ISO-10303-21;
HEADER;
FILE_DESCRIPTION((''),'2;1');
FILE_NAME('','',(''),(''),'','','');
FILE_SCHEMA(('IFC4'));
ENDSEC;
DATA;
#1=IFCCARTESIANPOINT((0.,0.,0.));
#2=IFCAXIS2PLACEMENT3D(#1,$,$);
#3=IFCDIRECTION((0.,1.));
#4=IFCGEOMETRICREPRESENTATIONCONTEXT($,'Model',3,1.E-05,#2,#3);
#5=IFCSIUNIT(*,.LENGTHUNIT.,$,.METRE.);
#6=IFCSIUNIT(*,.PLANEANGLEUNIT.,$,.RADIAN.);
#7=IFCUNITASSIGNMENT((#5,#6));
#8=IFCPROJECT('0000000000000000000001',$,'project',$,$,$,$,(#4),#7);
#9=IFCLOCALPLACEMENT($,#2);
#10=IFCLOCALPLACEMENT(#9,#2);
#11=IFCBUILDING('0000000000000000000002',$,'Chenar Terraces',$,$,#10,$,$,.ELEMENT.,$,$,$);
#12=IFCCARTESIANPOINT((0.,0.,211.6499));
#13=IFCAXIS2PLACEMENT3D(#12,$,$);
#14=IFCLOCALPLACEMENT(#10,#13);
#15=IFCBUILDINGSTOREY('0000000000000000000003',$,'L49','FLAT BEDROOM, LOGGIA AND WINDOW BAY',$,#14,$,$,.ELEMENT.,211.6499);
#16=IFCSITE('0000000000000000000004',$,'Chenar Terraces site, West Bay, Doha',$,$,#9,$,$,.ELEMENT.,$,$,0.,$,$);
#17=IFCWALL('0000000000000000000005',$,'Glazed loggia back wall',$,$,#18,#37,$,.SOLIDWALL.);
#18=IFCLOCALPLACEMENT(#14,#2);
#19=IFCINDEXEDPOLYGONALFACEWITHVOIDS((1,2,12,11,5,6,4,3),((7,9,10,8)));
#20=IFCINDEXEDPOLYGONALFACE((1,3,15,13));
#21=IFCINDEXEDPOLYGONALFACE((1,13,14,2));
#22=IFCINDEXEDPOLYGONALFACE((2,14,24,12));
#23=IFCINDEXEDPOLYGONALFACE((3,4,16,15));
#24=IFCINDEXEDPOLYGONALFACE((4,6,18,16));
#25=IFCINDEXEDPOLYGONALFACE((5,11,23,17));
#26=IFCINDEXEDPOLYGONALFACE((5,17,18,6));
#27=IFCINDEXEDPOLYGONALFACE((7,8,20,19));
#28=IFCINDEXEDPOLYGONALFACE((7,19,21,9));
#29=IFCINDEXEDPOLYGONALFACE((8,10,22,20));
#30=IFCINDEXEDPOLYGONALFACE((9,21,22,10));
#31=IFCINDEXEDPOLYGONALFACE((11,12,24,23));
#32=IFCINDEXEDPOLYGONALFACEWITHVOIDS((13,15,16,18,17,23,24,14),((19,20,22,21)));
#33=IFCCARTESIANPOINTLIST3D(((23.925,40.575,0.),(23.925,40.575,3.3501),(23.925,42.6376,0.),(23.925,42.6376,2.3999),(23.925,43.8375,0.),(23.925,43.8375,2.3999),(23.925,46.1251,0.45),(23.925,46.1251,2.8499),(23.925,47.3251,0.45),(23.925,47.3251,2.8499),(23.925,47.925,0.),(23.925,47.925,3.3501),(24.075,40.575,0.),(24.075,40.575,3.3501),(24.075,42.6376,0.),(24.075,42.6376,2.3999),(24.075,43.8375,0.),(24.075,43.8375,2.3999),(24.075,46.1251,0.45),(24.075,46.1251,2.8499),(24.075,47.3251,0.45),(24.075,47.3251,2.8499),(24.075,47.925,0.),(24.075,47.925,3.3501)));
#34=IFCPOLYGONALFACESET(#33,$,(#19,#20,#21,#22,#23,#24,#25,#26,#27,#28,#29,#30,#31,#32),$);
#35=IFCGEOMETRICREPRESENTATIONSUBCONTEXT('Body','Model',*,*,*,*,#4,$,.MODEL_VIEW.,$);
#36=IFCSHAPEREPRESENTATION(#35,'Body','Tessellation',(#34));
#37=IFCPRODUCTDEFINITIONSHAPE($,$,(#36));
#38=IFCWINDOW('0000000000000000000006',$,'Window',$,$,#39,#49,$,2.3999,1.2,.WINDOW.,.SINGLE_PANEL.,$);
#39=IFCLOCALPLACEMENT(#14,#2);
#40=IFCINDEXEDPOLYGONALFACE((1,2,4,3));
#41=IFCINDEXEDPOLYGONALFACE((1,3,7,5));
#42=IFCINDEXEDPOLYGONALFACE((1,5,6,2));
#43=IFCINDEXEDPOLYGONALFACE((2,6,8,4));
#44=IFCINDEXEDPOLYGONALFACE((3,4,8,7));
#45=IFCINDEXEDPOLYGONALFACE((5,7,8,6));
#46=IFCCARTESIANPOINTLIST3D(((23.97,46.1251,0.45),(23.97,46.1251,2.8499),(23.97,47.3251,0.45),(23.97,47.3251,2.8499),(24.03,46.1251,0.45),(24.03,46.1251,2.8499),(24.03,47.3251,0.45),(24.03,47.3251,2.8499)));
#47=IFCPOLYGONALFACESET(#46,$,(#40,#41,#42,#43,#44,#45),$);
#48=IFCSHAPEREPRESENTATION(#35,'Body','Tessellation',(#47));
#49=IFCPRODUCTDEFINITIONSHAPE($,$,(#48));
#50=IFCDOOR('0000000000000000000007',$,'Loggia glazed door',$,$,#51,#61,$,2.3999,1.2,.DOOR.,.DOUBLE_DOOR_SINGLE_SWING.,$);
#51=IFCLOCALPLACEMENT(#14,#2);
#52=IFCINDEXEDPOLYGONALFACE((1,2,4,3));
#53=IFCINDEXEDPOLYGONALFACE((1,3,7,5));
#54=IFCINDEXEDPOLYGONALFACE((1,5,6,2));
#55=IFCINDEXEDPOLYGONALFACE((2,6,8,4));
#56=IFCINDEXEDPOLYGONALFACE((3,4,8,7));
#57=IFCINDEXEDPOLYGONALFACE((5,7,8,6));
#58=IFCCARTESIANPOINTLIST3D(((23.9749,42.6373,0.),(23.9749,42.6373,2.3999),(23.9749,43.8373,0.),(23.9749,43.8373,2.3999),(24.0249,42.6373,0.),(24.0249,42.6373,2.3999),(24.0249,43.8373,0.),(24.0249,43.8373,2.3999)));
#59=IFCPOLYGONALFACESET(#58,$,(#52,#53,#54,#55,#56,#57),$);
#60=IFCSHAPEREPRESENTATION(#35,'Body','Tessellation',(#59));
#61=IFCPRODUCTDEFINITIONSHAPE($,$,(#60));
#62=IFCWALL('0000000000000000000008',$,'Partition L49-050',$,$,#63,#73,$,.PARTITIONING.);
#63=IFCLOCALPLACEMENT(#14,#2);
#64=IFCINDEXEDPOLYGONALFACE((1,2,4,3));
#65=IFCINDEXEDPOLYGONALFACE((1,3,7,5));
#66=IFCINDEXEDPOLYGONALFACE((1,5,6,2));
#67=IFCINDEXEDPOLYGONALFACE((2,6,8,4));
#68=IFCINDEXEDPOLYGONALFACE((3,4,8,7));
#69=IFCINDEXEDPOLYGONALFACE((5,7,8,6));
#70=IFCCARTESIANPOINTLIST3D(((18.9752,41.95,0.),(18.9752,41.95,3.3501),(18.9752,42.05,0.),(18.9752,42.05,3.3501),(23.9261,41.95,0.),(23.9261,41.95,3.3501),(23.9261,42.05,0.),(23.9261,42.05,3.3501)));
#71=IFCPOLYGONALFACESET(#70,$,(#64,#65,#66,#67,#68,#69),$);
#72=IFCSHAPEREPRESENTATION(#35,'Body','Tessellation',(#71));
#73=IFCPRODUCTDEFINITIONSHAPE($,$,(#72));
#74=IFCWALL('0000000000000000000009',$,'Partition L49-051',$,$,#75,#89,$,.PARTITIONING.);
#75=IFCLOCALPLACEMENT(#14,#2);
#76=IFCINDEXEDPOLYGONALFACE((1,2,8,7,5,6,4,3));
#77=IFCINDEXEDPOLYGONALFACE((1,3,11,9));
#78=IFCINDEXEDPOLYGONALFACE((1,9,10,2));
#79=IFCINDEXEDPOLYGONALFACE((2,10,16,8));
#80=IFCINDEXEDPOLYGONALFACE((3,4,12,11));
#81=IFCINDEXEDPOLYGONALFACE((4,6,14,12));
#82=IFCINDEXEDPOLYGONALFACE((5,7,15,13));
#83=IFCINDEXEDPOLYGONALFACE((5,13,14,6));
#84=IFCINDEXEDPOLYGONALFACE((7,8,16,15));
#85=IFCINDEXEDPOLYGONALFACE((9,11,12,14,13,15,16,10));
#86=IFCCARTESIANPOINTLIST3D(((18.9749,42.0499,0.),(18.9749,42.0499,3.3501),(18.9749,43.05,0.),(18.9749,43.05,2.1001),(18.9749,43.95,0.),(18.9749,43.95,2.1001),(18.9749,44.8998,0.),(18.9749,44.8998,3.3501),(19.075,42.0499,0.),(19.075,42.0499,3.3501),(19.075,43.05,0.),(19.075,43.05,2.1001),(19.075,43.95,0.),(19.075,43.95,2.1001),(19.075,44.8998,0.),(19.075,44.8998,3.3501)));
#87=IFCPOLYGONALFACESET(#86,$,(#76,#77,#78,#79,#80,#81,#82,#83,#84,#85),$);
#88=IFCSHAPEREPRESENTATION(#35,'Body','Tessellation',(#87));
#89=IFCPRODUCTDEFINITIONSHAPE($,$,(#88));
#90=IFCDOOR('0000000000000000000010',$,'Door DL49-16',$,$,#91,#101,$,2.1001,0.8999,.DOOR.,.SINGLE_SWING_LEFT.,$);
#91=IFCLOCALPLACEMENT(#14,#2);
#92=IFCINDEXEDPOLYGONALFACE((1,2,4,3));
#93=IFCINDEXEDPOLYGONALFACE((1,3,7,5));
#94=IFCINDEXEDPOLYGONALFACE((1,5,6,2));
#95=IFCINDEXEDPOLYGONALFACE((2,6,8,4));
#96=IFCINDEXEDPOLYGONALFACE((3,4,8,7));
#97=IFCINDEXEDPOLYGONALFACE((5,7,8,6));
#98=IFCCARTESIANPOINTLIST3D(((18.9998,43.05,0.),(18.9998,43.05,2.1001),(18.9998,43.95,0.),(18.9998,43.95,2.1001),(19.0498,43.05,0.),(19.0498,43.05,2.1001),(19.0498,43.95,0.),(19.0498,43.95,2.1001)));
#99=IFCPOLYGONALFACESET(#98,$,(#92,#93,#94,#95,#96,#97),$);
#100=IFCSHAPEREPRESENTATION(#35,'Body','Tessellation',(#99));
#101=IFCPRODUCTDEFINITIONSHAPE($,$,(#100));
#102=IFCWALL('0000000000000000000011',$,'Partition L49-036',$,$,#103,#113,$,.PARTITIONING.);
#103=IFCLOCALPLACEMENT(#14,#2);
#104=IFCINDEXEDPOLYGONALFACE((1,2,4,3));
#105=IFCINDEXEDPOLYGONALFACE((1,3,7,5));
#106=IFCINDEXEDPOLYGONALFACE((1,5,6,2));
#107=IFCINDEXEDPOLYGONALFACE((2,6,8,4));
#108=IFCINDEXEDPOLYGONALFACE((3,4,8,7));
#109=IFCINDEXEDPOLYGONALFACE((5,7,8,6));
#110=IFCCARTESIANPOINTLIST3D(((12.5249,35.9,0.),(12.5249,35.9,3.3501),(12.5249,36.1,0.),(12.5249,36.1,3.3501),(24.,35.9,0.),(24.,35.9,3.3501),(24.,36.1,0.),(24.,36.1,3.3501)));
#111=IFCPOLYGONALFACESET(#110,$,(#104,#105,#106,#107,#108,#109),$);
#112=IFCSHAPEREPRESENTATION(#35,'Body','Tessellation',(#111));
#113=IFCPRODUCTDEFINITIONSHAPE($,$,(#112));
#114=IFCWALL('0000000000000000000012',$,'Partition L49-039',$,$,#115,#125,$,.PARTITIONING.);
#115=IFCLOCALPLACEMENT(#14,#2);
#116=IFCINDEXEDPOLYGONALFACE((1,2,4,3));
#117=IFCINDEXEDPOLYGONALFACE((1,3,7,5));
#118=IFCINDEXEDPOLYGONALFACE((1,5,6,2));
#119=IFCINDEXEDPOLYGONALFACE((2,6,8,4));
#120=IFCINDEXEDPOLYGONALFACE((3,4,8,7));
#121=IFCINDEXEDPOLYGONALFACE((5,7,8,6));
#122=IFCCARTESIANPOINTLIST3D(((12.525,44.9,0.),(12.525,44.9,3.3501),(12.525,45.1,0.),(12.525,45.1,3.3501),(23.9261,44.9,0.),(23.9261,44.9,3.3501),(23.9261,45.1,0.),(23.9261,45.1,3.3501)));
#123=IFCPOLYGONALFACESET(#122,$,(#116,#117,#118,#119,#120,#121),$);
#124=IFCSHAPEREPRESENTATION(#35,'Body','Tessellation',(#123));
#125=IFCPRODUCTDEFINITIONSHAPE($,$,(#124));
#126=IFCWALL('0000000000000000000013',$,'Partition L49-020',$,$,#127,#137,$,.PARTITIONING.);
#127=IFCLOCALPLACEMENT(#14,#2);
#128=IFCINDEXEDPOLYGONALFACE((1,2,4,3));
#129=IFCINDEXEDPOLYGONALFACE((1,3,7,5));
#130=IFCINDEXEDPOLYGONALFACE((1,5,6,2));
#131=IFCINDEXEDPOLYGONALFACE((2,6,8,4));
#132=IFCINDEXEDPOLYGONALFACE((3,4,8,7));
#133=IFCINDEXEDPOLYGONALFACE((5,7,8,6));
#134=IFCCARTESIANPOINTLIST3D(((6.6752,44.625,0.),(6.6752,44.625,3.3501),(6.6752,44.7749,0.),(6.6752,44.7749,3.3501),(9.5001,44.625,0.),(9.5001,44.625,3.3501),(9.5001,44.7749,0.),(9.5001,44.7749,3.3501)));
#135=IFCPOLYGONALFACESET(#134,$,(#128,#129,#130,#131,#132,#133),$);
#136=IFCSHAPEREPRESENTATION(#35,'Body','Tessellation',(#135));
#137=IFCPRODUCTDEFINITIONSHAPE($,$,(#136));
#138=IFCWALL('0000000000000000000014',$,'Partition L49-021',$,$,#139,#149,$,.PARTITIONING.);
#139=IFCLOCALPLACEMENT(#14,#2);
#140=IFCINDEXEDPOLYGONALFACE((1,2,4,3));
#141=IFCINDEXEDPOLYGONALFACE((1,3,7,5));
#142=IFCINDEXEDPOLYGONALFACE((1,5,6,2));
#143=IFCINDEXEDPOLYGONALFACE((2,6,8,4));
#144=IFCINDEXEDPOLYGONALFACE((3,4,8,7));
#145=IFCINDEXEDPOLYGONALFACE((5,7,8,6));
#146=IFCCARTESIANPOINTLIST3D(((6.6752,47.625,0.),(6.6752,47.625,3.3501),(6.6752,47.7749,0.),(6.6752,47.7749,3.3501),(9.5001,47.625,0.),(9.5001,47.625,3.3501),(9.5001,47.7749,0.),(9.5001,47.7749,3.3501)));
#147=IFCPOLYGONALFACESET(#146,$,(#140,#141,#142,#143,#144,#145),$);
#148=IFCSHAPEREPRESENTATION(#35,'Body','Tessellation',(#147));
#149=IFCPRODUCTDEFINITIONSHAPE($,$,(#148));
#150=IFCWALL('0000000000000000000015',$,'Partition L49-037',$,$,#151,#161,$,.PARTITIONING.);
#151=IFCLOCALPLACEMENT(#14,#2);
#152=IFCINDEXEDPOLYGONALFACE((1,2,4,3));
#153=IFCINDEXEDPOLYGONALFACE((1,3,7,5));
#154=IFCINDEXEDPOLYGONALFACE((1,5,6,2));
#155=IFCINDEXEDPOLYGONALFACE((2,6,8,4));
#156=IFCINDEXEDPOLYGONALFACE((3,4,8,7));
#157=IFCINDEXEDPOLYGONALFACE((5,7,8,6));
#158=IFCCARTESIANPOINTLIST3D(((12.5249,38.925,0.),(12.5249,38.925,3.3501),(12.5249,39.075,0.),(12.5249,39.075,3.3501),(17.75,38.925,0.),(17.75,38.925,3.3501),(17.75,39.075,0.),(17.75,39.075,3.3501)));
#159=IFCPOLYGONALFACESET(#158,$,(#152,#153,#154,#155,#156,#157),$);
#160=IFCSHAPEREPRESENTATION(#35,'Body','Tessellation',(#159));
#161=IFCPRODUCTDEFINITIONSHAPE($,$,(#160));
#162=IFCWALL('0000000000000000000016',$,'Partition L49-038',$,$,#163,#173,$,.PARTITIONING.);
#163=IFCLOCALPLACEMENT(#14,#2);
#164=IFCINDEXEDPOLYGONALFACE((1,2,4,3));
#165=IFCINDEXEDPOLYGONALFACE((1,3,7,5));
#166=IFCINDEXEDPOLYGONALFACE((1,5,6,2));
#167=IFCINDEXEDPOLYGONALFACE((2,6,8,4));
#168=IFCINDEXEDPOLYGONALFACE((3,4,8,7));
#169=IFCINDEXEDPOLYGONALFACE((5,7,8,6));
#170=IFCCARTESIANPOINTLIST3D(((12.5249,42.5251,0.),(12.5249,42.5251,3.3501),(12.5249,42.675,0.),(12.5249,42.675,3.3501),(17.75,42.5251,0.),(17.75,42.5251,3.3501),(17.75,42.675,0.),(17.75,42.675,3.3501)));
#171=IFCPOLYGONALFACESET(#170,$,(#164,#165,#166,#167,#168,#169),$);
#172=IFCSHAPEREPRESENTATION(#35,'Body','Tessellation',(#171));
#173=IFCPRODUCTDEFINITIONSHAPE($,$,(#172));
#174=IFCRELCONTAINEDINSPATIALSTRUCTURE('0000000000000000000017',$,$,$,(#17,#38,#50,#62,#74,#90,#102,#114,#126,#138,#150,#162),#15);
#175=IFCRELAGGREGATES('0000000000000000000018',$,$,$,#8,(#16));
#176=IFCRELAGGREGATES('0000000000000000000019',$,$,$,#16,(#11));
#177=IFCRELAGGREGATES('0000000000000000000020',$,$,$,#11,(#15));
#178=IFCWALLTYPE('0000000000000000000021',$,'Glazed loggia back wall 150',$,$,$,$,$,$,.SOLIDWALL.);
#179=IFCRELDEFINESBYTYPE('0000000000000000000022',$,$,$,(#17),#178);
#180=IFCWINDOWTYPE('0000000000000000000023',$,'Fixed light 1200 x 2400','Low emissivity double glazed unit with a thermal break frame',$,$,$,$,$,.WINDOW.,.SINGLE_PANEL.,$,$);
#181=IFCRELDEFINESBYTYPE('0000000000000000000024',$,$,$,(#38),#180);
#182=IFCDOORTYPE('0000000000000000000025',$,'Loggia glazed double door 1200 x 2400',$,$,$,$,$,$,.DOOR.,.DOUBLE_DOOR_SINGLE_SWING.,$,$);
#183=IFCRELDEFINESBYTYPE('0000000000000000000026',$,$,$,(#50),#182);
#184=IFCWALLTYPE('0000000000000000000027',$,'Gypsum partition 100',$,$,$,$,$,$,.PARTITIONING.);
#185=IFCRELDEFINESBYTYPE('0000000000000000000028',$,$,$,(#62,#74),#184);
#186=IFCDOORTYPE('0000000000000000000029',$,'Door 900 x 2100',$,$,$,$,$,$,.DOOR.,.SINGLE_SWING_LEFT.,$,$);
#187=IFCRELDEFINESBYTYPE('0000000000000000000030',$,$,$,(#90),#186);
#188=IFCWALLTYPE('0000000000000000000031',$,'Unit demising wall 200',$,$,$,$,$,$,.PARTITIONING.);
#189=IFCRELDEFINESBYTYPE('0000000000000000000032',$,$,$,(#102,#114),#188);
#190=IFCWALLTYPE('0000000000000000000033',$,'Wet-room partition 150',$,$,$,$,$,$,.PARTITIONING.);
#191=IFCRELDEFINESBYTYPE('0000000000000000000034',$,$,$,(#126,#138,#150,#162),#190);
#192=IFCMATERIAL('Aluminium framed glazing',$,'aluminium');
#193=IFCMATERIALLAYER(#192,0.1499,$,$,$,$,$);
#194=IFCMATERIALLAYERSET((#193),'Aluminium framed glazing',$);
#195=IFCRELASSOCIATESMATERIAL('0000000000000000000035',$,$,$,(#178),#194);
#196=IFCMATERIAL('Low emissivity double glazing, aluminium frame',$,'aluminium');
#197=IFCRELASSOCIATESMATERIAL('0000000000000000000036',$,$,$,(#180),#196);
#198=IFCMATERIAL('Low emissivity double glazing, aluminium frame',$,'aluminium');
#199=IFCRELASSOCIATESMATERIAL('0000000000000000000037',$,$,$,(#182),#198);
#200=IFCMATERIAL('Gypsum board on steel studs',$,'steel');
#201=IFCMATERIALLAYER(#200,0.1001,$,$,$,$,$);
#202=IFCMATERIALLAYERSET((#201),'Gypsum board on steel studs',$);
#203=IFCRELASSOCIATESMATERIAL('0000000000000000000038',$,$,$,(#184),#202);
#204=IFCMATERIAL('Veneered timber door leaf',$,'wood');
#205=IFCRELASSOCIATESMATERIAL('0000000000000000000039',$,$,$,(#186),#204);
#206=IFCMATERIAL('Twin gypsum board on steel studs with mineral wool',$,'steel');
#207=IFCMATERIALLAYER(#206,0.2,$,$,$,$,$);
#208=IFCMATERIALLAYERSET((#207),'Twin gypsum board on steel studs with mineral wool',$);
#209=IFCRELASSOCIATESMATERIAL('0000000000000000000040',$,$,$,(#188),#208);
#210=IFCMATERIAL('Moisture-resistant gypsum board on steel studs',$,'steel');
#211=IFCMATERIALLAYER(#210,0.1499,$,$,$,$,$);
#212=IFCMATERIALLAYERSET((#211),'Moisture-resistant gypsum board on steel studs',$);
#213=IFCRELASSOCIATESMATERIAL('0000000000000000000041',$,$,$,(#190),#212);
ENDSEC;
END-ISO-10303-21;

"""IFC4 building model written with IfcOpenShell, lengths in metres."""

from ifc_helpers import new_model, si_unit, direction, frame, frame_2d, origin, place, context, subcontext, project, spatial, rectangle, extrude, material, layer, layer_set, type_object, element, fill, save


model = new_model("IFC4")

# Units and contexts
model_context = context("Model", 3, precision=1e-05, world=origin(), true_north=direction((0.0, 1.0)))
body_context = subcontext(model_context, "Body", "Model", "MODEL_VIEW")
ifc_project = project(units=[si_unit("LENGTHUNIT", "METRE"), si_unit("PLANEANGLEUNIT", "RADIAN")], contexts=[model_context])

# Site, building, storey
site_placement = place(None, origin())
site = spatial("IfcSite", under=ifc_project, at=site_placement, Name="Chenar Terraces site, West Bay, Doha", CompositionType="ELEMENT", RefElevation=0.0)
building_placement = place(site_placement, origin())
building = spatial("IfcBuilding", under=site, at=building_placement, Name="Chenar Terraces", CompositionType="ELEMENT")
storey_placement = place(building_placement, frame((0.0, 0.0, 211.6499)))
storey = spatial("IfcBuildingStorey", under=building, at=storey_placement, Name="L49", Description="FLAT BEDROOM, LOGGIA AND WINDOW BAY", CompositionType="ELEMENT", Elevation=211.6499)

# Wall, openings, window, door
ifc_material_1 = material(Name="Aluminium framed glazing", Category="aluminium")
ifc_layer_1 = layer(ifc_material_1, 0.1499)
ifc_layer_set_1 = layer_set([ifc_layer_1], Name="Aluminium framed glazing")
wall_type_1 = type_object("IfcWallType", Name="Glazed loggia back wall 150", PredefinedType="SOLIDWALL", material=ifc_layer_set_1)
wall_1_placement = place(storey_placement, frame((24.0, 40.575, 0.0), z_axis=(0.0, 0.0, 1.0), x_axis=(0.0, 1.0, 0.0)))
wall_1 = element("IfcWall", 1, at=wall_1_placement, inside=storey, type_object=wall_type_1, Name="Glazed loggia back wall", PredefinedType="SOLIDWALL", context=body_context, shape_type="SweptSolid", body=[
    extrude(rectangle(XDim=7.3501, YDim=0.1499, at=frame_2d((3.675, 0.0))), origin(), (0.0, 0.0, 1.0), 3.3501),
])
opening_1_placement = place(wall_1_placement, frame((2.0625, 0.0, 0.0)))
opening_1 = element("IfcOpeningElement", 2, at=opening_1_placement, cuts=wall_1, PredefinedType="OPENING", context=body_context, shape_type="SweptSolid", body=[
    extrude(rectangle(XDim=1.2, YDim=2.3999, at=frame_2d((0.6001, 1.2))), frame((0.0, 0.085, 0.0), z_axis=(0.0, -1.0, 0.0), x_axis=(1.0, 0.0, 0.0)), (0.0, 0.0, 1.0), 0.1699),
])
opening_2_placement = place(wall_1_placement, frame((5.55, 0.0, 0.45)))
opening_2 = element("IfcOpeningElement", 3, at=opening_2_placement, cuts=wall_1, PredefinedType="OPENING", context=body_context, shape_type="SweptSolid", body=[
    extrude(rectangle(XDim=1.2, YDim=2.3999, at=frame_2d((0.6001, 1.2))), frame((0.0, 0.085, 0.0), z_axis=(0.0, -1.0, 0.0), x_axis=(1.0, 0.0, 0.0)), (0.0, 0.0, 1.0), 0.1699),
])
ifc_material_2 = material(Name="Low emissivity double glazing, aluminium frame", Category="aluminium")
window_type = type_object("IfcWindowType", Name="Fixed light 1200 x 2400", Description="Low emissivity double glazed unit with a thermal break frame", PartitioningType="SINGLE_PANEL", PredefinedType="WINDOW", material=ifc_material_2)
window_placement = place(opening_2_placement, origin())
window = element("IfcWindow", 4, at=window_placement, inside=storey, type_object=window_type, Name="Window", OverallHeight=2.3999, OverallWidth=1.2, PartitioningType="SINGLE_PANEL", PredefinedType="WINDOW", context=body_context, shape_type="SweptSolid", body=[
    extrude(rectangle(XDim=1.2, YDim=2.3999, at=frame_2d((0.6001, 1.2))), frame((0.0, 0.03, 0.0), z_axis=(0.0, -1.0, 0.0), x_axis=(1.0, 0.0, 0.0)), (0.0, 0.0, 1.0), 0.0601),
])
fill(opening_2, window)
ifc_material_3 = material(Name="Low emissivity double glazing, aluminium frame", Category="aluminium")
door_type_1 = type_object("IfcDoorType", Name="Loggia glazed double door 1200 x 2400", OperationType="DOUBLE_DOOR_SINGLE_SWING", PredefinedType="DOOR", material=ifc_material_3)
door_1_placement = place(opening_1_placement, frame((1.2, 0.0, 0.0), z_axis=(0.0, 0.0, 1.0), x_axis=(-1.0, 0.0, 0.0)))
door_1 = element("IfcDoor", 5, at=door_1_placement, inside=storey, type_object=door_type_1, Name="Loggia glazed door", OperationType="DOUBLE_DOOR_SINGLE_SWING", OverallHeight=2.3999, OverallWidth=1.2, PredefinedType="DOOR", context=body_context, shape_type="SweptSolid", body=[
    extrude(rectangle(XDim=1.2, YDim=2.3999, at=frame_2d((0.6001, 1.2))), frame((0.0, 0.0249, 0.0), z_axis=(0.0, -1.0, 0.0), x_axis=(1.0, 0.0, 0.0)), (0.0, 0.0, 1.0), 0.05),
])
fill(opening_1, door_1)

# Wall
ifc_material_4 = material(Name="Gypsum board on steel studs", Category="steel")
ifc_layer_2 = layer(ifc_material_4, 0.1001)
ifc_layer_set_2 = layer_set([ifc_layer_2], Name="Gypsum board on steel studs")
wall_type_2 = type_object("IfcWallType", Name="Gypsum partition 100", PredefinedType="PARTITIONING", material=ifc_layer_set_2)
wall_2_placement = place(storey_placement, frame((18.9751, 42.0, 0.0), z_axis=(0.0, 0.0, 1.0), x_axis=(1.0, 0.0, 0.0)))
element("IfcWall", 6, at=wall_2_placement, inside=storey, type_object=wall_type_2, Name="Partition L49-050", PredefinedType="PARTITIONING", context=body_context, shape_type="SweptSolid", body=[
    extrude(rectangle(XDim=4.9509, YDim=0.1001, at=frame_2d((2.4756, 0.0))), origin(), (0.0, 0.0, 1.0), 3.3501),
])

# Wall, opening, door
wall_3_placement = place(storey_placement, frame((19.0249, 42.05, 0.0), z_axis=(0.0, 0.0, 1.0), x_axis=(0.0, 1.0, 0.0)))
wall_3 = element("IfcWall", 7, at=wall_3_placement, inside=storey, type_object=wall_type_2, Name="Partition L49-051", PredefinedType="PARTITIONING", context=body_context, shape_type="SweptSolid", body=[
    extrude(rectangle(XDim=2.8499, YDim=0.1001, at=frame_2d((1.4248, 0.0))), origin(), (0.0, 0.0, 1.0), 3.3501),
])
opening_3_placement = place(wall_3_placement, frame((1.0, 0.0, 0.0)))
opening_3 = element("IfcOpeningElement", 8, at=opening_3_placement, cuts=wall_3, PredefinedType="OPENING", context=body_context, shape_type="SweptSolid", body=[
    extrude(rectangle(XDim=0.8999, YDim=2.1001, at=frame_2d((0.45, 1.05))), frame((0.0, 0.0601, 0.0), z_axis=(0.0, -1.0, 0.0), x_axis=(1.0, 0.0, 0.0)), (0.0, 0.0, 1.0), 0.1201),
])
ifc_material_5 = material(Name="Veneered timber door leaf", Category="wood")
door_type_2 = type_object("IfcDoorType", Name="Door 900 x 2100", OperationType="SINGLE_SWING_LEFT", PredefinedType="DOOR", material=ifc_material_5)
door_2_placement = place(opening_3_placement, frame((0.8999, 0.0, 0.0), z_axis=(0.0, 0.0, 1.0), x_axis=(-1.0, 0.0, 0.0)))
door_2 = element("IfcDoor", 9, at=door_2_placement, inside=storey, type_object=door_type_2, Name="Door DL49-16", OperationType="SINGLE_SWING_LEFT", OverallHeight=2.1001, OverallWidth=0.8999, PredefinedType="DOOR", context=body_context, shape_type="SweptSolid", body=[
    extrude(rectangle(XDim=0.8999, YDim=2.1001, at=frame_2d((0.45, 1.05))), frame((0.0, 0.0249, 0.0), z_axis=(0.0, -1.0, 0.0), x_axis=(1.0, 0.0, 0.0)), (0.0, 0.0, 1.0), 0.05),
])
fill(opening_3, door_2)

# Walls
ifc_material_6 = material(Name="Twin gypsum board on steel studs with mineral wool", Category="steel")
ifc_layer_3 = layer(ifc_material_6, 0.2)
ifc_layer_set_3 = layer_set([ifc_layer_3], Name="Twin gypsum board on steel studs with mineral wool")
wall_type_3 = type_object("IfcWallType", Name="Unit demising wall 200", PredefinedType="PARTITIONING", material=ifc_layer_set_3)
wall_4_placement = place(storey_placement, frame((12.5249, 36.0, 0.0), z_axis=(0.0, 0.0, 1.0), x_axis=(1.0, 0.0, 0.0)))
element("IfcWall", 10, at=wall_4_placement, inside=storey, type_object=wall_type_3, Name="Partition L49-036", PredefinedType="PARTITIONING", context=body_context, shape_type="SweptSolid", body=[
    extrude(rectangle(XDim=11.4751, YDim=0.2, at=frame_2d((5.7375, 0.0))), origin(), (0.0, 0.0, 1.0), 3.3501),
])
wall_5_placement = place(storey_placement, frame((12.5249, 45.0, 0.0), z_axis=(0.0, 0.0, 1.0), x_axis=(1.0, 0.0, 0.0)))
element("IfcWall", 11, at=wall_5_placement, inside=storey, type_object=wall_type_3, Name="Partition L49-039", PredefinedType="PARTITIONING", context=body_context, shape_type="SweptSolid", body=[
    extrude(rectangle(XDim=11.4011, YDim=0.2, at=frame_2d((5.7007, 0.0))), origin(), (0.0, 0.0, 1.0), 3.3501),
])
ifc_material_7 = material(Name="Moisture-resistant gypsum board on steel studs", Category="steel")
ifc_layer_4 = layer(ifc_material_7, 0.1499)
ifc_layer_set_4 = layer_set([ifc_layer_4], Name="Moisture-resistant gypsum board on steel studs")
wall_type_4 = type_object("IfcWallType", Name="Wet-room partition 150", PredefinedType="PARTITIONING", material=ifc_layer_set_4)
for number, where, z_axis, x_axis, name in (
    (12, (6.675, 44.7, 0.0), (0.0, 0.0, 1.0), (1.0, 0.0, 0.0), "Partition L49-020"),
    (13, (6.675, 47.7, 0.0), (0.0, 0.0, 1.0), (1.0, 0.0, 0.0), "Partition L49-021"),
):
    element("IfcWall", number, at=place(storey_placement, frame(where, z_axis=z_axis, x_axis=x_axis)), inside=storey, type_object=wall_type_4, Name=name, PredefinedType="PARTITIONING", context=body_context, shape_type="SweptSolid", body=[
        extrude(rectangle(XDim=2.825, YDim=0.1499, at=frame_2d((1.4126, 0.0))), origin(), (0.0, 0.0, 1.0), 3.3501),
    ])
for number, where, z_axis, x_axis, name in (
    (14, (12.5249, 39.0, 0.0), (0.0, 0.0, 1.0), (1.0, 0.0, 0.0), "Partition L49-037"),
    (15, (12.5249, 42.6001, 0.0), (0.0, 0.0, 1.0), (1.0, 0.0, 0.0), "Partition L49-038"),
):
    element("IfcWall", number, at=place(storey_placement, frame(where, z_axis=z_axis, x_axis=x_axis)), inside=storey, type_object=wall_type_4, Name=name, PredefinedType="PARTITIONING", context=body_context, shape_type="SweptSolid", body=[
        extrude(rectangle(XDim=5.2251, YDim=0.1499, at=frame_2d((2.6125, 0.0))), origin(), (0.0, 0.0, 1.0), 3.3501),
    ])

save(model, "model.ifc")
